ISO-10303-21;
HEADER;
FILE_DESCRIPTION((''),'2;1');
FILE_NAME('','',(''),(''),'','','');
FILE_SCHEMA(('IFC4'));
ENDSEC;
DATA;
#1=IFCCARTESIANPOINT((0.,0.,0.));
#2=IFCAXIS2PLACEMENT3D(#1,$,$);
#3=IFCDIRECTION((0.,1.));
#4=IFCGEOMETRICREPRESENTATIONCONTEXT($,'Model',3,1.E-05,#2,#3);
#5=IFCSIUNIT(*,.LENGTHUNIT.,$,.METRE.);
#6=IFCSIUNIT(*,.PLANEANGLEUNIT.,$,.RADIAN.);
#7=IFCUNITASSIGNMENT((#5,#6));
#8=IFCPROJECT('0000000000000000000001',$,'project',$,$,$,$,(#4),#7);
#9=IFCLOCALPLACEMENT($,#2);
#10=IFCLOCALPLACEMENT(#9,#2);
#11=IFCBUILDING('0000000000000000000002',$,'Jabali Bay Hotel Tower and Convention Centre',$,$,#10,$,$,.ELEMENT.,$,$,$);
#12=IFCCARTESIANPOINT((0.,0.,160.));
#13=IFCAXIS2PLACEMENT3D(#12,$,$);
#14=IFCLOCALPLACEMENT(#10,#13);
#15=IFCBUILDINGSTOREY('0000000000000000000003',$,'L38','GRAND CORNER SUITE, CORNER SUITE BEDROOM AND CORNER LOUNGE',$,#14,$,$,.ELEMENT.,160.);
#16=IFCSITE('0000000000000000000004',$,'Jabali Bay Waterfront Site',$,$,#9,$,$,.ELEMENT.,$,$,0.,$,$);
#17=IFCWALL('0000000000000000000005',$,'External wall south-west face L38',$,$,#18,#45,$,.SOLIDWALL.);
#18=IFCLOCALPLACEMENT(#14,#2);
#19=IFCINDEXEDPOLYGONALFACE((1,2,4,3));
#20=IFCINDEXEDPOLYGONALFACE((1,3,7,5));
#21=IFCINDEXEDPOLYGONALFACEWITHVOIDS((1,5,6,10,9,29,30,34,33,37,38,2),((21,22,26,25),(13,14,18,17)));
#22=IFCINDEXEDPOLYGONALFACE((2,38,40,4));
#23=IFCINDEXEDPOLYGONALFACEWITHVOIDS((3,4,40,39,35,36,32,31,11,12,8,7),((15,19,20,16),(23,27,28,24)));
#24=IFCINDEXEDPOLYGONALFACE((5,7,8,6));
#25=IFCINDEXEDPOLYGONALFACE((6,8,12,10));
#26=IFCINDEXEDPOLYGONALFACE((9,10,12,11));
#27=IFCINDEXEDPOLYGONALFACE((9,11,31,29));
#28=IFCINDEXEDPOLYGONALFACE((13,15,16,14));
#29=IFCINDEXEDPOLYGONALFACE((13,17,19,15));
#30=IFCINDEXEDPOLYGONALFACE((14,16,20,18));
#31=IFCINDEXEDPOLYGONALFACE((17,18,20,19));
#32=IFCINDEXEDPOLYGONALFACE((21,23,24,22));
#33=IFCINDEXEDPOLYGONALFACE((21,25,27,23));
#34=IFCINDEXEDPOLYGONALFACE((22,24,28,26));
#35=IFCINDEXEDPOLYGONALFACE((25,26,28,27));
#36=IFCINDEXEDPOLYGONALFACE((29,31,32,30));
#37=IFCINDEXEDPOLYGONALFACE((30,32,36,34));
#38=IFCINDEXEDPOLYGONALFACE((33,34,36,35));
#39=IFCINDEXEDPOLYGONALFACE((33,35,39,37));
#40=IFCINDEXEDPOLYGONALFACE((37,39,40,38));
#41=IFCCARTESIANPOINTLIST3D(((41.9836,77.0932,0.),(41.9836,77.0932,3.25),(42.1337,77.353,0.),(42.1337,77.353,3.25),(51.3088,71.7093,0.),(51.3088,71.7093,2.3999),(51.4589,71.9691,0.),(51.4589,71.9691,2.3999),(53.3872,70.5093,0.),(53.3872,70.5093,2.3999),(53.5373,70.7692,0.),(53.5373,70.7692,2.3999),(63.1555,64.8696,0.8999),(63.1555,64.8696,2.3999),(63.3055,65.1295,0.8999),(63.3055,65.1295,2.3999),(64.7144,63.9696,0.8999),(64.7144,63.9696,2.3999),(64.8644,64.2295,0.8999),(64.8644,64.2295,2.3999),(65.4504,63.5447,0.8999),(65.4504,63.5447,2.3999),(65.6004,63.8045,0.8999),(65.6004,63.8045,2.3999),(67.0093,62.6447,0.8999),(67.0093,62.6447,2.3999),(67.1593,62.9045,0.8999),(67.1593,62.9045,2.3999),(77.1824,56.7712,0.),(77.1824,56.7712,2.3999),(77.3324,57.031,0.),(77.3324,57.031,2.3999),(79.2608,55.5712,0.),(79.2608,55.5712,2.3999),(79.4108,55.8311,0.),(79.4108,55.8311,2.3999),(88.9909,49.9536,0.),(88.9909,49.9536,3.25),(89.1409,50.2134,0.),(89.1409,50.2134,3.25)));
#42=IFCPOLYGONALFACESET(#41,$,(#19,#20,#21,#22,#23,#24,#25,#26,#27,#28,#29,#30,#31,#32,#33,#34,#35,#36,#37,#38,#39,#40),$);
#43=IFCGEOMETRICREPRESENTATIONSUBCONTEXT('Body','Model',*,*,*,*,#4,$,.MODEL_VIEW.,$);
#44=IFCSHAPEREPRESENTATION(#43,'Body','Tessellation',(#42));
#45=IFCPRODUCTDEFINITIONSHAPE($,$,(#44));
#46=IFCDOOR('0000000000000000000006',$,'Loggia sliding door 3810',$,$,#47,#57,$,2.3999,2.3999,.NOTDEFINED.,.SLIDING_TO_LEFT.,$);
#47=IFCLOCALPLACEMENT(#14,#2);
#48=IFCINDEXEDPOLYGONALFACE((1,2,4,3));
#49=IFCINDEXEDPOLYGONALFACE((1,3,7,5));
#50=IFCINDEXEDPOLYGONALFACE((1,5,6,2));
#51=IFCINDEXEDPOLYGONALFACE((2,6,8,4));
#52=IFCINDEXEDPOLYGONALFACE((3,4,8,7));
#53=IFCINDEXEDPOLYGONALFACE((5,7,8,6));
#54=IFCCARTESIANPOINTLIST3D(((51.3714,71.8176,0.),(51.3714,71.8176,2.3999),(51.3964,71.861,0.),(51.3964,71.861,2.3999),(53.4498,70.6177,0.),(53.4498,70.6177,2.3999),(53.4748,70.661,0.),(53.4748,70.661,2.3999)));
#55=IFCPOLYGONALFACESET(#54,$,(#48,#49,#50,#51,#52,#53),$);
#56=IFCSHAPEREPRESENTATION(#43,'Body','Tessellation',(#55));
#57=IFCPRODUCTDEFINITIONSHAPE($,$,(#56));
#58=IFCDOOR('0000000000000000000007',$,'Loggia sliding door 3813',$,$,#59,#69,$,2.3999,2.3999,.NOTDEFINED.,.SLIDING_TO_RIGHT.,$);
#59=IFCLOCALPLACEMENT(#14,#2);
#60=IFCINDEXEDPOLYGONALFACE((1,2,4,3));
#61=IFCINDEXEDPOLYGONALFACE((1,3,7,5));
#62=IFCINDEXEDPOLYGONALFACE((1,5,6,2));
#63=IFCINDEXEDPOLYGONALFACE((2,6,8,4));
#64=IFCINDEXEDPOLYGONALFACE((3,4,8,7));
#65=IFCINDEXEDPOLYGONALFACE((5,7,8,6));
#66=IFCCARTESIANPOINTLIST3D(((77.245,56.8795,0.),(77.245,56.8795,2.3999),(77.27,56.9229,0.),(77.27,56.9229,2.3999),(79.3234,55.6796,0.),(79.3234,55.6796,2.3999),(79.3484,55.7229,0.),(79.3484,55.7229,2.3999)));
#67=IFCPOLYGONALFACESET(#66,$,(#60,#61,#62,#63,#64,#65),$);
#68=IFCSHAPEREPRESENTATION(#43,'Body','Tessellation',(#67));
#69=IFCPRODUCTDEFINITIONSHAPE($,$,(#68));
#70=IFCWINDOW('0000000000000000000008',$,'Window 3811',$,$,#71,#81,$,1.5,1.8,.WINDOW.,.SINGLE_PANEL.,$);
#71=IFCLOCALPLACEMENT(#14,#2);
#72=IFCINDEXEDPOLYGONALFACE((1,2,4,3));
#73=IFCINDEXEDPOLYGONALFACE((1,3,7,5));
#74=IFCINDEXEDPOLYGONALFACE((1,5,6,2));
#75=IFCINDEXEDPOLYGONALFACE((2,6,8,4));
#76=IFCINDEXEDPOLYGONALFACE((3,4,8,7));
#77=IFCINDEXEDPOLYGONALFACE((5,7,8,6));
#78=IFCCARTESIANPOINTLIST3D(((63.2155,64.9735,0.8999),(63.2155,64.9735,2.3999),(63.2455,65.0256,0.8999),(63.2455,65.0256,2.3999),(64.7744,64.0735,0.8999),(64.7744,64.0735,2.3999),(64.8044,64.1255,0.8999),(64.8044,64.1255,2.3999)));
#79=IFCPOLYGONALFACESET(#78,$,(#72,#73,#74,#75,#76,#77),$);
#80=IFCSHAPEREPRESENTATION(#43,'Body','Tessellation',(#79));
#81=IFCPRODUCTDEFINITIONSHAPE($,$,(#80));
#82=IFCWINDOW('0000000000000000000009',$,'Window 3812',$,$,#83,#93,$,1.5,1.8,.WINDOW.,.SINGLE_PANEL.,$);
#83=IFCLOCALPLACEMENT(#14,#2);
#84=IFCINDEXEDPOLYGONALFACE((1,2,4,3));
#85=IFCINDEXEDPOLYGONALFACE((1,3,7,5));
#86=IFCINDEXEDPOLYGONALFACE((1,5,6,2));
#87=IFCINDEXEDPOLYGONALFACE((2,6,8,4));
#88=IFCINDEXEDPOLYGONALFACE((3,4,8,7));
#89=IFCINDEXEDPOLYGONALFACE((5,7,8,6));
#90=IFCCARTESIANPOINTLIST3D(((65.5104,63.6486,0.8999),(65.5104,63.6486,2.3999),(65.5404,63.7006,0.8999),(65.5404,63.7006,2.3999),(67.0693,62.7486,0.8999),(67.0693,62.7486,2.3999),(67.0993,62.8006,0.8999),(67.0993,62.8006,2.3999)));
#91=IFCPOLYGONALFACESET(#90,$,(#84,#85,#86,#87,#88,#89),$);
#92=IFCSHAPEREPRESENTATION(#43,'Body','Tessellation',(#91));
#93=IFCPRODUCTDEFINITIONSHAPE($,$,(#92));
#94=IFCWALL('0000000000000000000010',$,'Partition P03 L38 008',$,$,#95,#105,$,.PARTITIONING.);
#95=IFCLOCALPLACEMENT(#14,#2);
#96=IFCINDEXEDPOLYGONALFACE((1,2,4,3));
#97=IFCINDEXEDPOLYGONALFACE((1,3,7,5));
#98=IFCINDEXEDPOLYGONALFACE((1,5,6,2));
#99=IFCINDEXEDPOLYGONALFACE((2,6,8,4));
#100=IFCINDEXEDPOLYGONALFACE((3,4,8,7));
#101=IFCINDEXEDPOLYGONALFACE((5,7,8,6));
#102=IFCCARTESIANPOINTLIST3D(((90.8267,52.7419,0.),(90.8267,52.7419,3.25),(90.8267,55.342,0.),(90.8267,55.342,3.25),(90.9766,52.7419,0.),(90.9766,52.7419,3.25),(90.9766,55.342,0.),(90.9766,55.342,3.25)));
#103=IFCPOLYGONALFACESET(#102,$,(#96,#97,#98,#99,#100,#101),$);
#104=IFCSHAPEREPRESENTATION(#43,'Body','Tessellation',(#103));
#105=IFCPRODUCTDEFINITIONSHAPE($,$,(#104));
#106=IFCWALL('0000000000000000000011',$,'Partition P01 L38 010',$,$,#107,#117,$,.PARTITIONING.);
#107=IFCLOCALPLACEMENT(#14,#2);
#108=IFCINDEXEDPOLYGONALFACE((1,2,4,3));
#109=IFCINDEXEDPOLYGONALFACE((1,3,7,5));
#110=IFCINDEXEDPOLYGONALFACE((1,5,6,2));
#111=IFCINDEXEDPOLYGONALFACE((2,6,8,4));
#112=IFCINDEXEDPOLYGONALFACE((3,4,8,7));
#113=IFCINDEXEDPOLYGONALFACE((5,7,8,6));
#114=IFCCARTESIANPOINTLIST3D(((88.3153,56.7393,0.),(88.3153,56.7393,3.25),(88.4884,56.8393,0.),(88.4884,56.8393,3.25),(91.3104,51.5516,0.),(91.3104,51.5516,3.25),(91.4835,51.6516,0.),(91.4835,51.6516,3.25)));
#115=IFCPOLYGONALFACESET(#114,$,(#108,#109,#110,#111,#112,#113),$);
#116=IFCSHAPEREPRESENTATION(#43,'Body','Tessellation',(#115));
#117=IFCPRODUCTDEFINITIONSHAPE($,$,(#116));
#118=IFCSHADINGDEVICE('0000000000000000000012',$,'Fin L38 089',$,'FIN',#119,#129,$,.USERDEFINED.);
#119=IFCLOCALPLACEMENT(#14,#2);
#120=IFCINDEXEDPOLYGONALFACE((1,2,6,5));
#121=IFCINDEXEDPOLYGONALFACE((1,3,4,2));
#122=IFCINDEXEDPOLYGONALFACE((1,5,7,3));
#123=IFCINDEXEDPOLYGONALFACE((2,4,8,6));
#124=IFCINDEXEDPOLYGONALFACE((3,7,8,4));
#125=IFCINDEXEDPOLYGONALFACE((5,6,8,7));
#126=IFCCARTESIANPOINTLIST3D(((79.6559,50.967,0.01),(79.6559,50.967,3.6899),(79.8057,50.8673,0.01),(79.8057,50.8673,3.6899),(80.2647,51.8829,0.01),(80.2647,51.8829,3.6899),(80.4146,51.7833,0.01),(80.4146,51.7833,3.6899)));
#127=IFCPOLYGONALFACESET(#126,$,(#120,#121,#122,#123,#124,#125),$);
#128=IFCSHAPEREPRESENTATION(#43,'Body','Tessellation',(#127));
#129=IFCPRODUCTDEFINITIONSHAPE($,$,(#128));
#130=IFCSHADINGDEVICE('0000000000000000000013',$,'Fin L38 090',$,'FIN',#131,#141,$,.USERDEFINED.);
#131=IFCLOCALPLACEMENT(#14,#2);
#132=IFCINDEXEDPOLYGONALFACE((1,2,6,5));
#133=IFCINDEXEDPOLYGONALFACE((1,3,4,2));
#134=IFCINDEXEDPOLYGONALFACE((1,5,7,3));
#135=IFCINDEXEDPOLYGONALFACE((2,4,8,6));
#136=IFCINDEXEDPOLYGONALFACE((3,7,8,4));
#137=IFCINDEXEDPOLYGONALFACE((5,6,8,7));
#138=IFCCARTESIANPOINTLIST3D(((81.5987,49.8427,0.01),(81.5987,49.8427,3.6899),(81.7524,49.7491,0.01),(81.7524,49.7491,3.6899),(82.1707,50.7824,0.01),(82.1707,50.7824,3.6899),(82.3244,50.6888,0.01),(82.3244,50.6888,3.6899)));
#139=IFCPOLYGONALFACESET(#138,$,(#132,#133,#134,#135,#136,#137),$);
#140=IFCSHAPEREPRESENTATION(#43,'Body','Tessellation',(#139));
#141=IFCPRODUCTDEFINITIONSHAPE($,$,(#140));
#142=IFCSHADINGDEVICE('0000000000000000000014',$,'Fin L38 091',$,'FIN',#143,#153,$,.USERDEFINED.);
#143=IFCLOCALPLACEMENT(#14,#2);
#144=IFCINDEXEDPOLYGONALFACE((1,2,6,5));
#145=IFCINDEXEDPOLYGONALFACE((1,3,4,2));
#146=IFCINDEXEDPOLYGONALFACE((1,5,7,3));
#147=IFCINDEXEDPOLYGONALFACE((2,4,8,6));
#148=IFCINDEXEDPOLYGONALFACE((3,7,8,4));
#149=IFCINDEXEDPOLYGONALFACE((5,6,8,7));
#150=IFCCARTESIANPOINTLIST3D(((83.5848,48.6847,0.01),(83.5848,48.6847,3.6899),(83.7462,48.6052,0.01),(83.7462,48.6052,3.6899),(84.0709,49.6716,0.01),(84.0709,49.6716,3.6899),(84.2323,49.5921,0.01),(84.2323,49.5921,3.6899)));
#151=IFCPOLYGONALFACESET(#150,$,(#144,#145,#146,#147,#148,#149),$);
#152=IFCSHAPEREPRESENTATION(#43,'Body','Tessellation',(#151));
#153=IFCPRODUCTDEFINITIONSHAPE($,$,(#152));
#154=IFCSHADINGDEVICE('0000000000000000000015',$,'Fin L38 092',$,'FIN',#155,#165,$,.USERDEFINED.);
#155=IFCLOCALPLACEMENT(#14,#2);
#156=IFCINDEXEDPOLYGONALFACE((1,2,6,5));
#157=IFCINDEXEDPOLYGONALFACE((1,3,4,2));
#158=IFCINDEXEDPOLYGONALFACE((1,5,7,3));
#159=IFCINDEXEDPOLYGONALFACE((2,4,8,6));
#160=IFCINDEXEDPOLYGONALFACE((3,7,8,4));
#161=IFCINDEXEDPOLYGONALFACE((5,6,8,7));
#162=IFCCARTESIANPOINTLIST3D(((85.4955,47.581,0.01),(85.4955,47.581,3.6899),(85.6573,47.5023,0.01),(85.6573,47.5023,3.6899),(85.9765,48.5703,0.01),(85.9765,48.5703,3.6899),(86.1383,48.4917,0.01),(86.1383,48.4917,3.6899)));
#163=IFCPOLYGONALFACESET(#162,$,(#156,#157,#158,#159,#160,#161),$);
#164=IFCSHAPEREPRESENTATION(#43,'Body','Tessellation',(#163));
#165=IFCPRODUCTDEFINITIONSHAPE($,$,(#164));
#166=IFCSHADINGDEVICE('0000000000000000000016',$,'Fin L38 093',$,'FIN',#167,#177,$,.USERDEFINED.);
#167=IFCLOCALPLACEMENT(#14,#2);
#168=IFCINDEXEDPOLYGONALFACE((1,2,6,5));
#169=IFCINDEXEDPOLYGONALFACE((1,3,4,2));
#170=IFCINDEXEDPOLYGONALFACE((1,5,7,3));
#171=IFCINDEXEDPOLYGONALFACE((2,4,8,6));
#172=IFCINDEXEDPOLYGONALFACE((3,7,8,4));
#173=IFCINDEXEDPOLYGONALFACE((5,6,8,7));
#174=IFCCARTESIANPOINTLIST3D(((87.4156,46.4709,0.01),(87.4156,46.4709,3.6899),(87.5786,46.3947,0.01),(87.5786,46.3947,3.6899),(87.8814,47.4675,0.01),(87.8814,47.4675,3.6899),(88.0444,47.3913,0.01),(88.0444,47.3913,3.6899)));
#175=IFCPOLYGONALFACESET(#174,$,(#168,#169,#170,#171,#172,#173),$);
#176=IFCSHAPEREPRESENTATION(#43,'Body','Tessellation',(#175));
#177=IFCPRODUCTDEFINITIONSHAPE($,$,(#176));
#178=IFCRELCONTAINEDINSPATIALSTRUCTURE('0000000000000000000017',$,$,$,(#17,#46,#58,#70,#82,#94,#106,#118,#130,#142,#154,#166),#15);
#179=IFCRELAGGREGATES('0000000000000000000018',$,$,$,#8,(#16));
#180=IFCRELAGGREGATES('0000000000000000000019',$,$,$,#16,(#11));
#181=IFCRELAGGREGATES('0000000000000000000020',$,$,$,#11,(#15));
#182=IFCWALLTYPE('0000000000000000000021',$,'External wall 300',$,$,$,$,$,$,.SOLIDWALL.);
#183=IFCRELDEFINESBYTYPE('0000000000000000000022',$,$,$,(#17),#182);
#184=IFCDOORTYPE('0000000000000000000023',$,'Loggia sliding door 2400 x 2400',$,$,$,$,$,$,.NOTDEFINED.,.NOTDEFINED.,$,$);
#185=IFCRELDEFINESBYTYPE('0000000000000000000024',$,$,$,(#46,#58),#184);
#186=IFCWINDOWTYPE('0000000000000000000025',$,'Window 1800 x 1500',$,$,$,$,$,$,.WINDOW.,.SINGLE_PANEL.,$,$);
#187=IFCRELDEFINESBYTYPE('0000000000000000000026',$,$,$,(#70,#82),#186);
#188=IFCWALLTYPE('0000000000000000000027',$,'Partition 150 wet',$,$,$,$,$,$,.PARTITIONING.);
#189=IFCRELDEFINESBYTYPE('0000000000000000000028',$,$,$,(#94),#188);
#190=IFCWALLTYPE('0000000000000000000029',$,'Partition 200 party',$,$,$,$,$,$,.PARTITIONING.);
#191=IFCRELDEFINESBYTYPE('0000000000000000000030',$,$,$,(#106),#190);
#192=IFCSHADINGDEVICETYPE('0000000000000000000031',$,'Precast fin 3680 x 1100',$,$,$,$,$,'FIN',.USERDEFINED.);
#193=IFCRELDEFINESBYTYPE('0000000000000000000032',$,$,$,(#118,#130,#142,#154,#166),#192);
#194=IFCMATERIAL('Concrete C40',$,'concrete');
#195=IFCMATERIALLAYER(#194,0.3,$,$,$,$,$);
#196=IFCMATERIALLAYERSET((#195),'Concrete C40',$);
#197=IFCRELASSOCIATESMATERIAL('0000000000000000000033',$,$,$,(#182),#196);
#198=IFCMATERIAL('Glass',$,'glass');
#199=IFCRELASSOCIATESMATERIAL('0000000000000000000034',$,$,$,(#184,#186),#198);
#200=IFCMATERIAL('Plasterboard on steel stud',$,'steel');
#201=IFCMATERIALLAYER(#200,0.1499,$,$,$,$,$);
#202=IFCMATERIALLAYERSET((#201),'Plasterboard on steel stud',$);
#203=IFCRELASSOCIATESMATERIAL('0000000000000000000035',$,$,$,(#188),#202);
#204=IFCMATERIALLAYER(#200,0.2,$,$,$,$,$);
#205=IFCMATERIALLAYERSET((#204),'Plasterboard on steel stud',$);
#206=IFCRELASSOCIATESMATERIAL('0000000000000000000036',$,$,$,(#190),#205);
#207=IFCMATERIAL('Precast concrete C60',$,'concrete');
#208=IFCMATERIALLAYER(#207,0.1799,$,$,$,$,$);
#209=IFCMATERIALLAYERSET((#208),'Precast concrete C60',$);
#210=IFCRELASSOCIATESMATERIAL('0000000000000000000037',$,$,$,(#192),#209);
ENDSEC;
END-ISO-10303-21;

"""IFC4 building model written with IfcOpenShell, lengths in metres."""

from ifc_helpers import new_model, si_unit, direction, frame, frame_2d, origin, place, context, subcontext, project, spatial, rectangle, extrude, material, layer, layer_set, type_object, element, fill, save


model = new_model("IFC4")

# Units and contexts
model_context = context("Model", 3, precision=1e-05, world=origin(), true_north=direction((0.0, 1.0)))
body_context = subcontext(model_context, "Body", "Model", "MODEL_VIEW")
ifc_project = project(units=[si_unit("LENGTHUNIT", "METRE"), si_unit("PLANEANGLEUNIT", "RADIAN")], contexts=[model_context])

# Site, building, storey
site_placement = place(None, origin())
site = spatial("IfcSite", under=ifc_project, at=site_placement, Name="Jabali Bay Waterfront Site", CompositionType="ELEMENT", RefElevation=0.0)
building_placement = place(site_placement, origin())
building = spatial("IfcBuilding", under=site, at=building_placement, Name="Jabali Bay Hotel Tower and Convention Centre", CompositionType="ELEMENT")
storey_placement = place(building_placement, frame((0.0, 0.0, 160.0)))
storey = spatial("IfcBuildingStorey", under=building, at=storey_placement, Name="L38", Description="GRAND CORNER SUITE, CORNER SUITE BEDROOM AND CORNER LOUNGE", CompositionType="ELEMENT", Elevation=160.0)

# Shared definitions
ifc_material_1 = material(Name="Concrete C40", Category="concrete")

# Wall, openings, doors, windows
ifc_layer_1 = layer(ifc_material_1, 0.3)
ifc_layer_set_1 = layer_set([ifc_layer_1], Name="Concrete C40")
wall_type_1 = type_object("IfcWallType", Name="External wall 300", PredefinedType="SOLIDWALL", material=ifc_layer_set_1)
wall_1_placement = place(storey_placement, frame((89.0659, 50.0835, 0.0), z_axis=(0.0, 0.0, 1.0), x_axis=(-0.866026, 0.499999, 0.0)))
wall_1 = element("IfcWall", 1, at=wall_1_placement, inside=storey, type_object=wall_type_1, Name="External wall south-west face L38", PredefinedType="SOLIDWALL", context=body_context, shape_type="SweptSolid", body=[
    extrude(rectangle(XDim=54.2793, YDim=0.3, at=frame_2d((27.1396, 0.0))), origin(), (0.0, 0.0, 1.0), 3.25),
])
opening_1_placement = place(wall_1_placement, frame((41.1116, 0.0, 0.0)))
opening_1 = element("IfcOpeningElement", 2, at=opening_1_placement, cuts=wall_1, PredefinedType="OPENING", context=body_context, shape_type="SweptSolid", body=[
    extrude(rectangle(XDim=2.3999, YDim=2.3999, at=frame_2d((1.2, 1.2))), frame((0.0, 0.1606, 0.0), z_axis=(0.0, -1.0, 0.0), x_axis=(1.0, 0.0, 0.0)), (0.0, 0.0, 1.0), 0.321),
])
opening_2_placement = place(wall_1_placement, frame((11.2354, 0.0, 0.0)))
opening_2 = element("IfcOpeningElement", 3, at=opening_2_placement, cuts=wall_1, PredefinedType="OPENING", context=body_context, shape_type="SweptSolid", body=[
    extrude(rectangle(XDim=2.3999, YDim=2.3999, at=frame_2d((1.2, 1.2))), frame((0.0, 0.1606, 0.0), z_axis=(0.0, -1.0, 0.0), x_axis=(1.0, 0.0, 0.0)), (0.0, 0.0, 1.0), 0.321),
])
opening_3_placement = place(wall_1_placement, frame((28.0322, 0.0, 0.8999)))
opening_3 = element("IfcOpeningElement", 4, at=opening_3_placement, cuts=wall_1, PredefinedType="OPENING", context=body_context, shape_type="SweptSolid", body=[
    extrude(rectangle(XDim=1.8, YDim=1.5, at=frame_2d((0.8999, 0.75))), frame((0.0, 0.1606, 0.0), z_axis=(0.0, -1.0, 0.0), x_axis=(1.0, 0.0, 0.0)), (0.0, 0.0, 1.0), 0.321),
])
opening_4_placement = place(wall_1_placement, frame((25.3823, 0.0, 0.8999)))
opening_4 = element("IfcOpeningElement", 5, at=opening_4_placement, cuts=wall_1, PredefinedType="OPENING", context=body_context, shape_type="SweptSolid", body=[
    extrude(rectangle(XDim=1.8, YDim=1.5, at=frame_2d((0.8999, 0.75))), frame((0.0, 0.1606, 0.0), z_axis=(0.0, -1.0, 0.0), x_axis=(1.0, 0.0, 0.0)), (0.0, 0.0, 1.0), 0.321),
])
ifc_material_2 = material(Name="Glass", Category="glass")
door_type = type_object("IfcDoorType", Name="Loggia sliding door 2400 x 2400", OperationType="NOTDEFINED", PredefinedType="NOTDEFINED", material=ifc_material_2)
door_1_placement = place(opening_1_placement, origin())
door_1 = element("IfcDoor", 6, at=door_1_placement, inside=storey, type_object=door_type, Name="Loggia sliding door 3810", OperationType="SLIDING_TO_LEFT", OverallHeight=2.3999, OverallWidth=2.3999, PredefinedType="NOTDEFINED", context=body_context, shape_type="SweptSolid", body=[
    extrude(rectangle(XDim=2.3999, YDim=2.3999, at=frame_2d((1.2, 1.2))), frame((0.0, 0.0249, 0.0), z_axis=(0.0, -1.0, 0.0), x_axis=(1.0, 0.0, 0.0)), (0.0, 0.0, 1.0), 0.05),
])
fill(opening_1, door_1)
door_2_placement = place(opening_2_placement, origin())
door_2 = element("IfcDoor", 7, at=door_2_placement, inside=storey, type_object=door_type, Name="Loggia sliding door 3813", OperationType="SLIDING_TO_RIGHT", OverallHeight=2.3999, OverallWidth=2.3999, PredefinedType="NOTDEFINED", context=body_context, shape_type="SweptSolid", body=[
    extrude(rectangle(XDim=2.3999, YDim=2.3999, at=frame_2d((1.2, 1.2))), frame((0.0, 0.0249, 0.0), z_axis=(0.0, -1.0, 0.0), x_axis=(1.0, 0.0, 0.0)), (0.0, 0.0, 1.0), 0.05),
])
fill(opening_2, door_2)
window_type = type_object("IfcWindowType", Name="Window 1800 x 1500", PartitioningType="SINGLE_PANEL", PredefinedType="WINDOW", material=ifc_material_2)
window_1_placement = place(opening_3_placement, origin())
window_1 = element("IfcWindow", 8, at=window_1_placement, inside=storey, type_object=window_type, Name="Window 3811", OverallHeight=1.5, OverallWidth=1.8, PartitioningType="SINGLE_PANEL", PredefinedType="WINDOW", context=body_context, shape_type="SweptSolid", body=[
    extrude(rectangle(XDim=1.8, YDim=1.5, at=frame_2d((0.8999, 0.75))), frame((0.0, 0.03, 0.0), z_axis=(0.0, -1.0, 0.0), x_axis=(1.0, 0.0, 0.0)), (0.0, 0.0, 1.0), 0.0601),
])
fill(opening_3, window_1)
window_2_placement = place(opening_4_placement, origin())
window_2 = element("IfcWindow", 9, at=window_2_placement, inside=storey, type_object=window_type, Name="Window 3812", OverallHeight=1.5, OverallWidth=1.8, PartitioningType="SINGLE_PANEL", PredefinedType="WINDOW", context=body_context, shape_type="SweptSolid", body=[
    extrude(rectangle(XDim=1.8, YDim=1.5, at=frame_2d((0.8999, 0.75))), frame((0.0, 0.03, 0.0), z_axis=(0.0, -1.0, 0.0), x_axis=(1.0, 0.0, 0.0)), (0.0, 0.0, 1.0), 0.0601),
])
fill(opening_4, window_2)

# Walls
ifc_material_3 = material(Name="Plasterboard on steel stud", Category="steel")
ifc_layer_2 = layer(ifc_material_3, 0.1499)
ifc_layer_set_2 = layer_set([ifc_layer_2], Name="Plasterboard on steel stud")
wall_type_2 = type_object("IfcWallType", Name="Partition 150 wet", PredefinedType="PARTITIONING", material=ifc_layer_set_2)
wall_2_placement = place(storey_placement, frame((90.9016, 52.7419, 0.0), z_axis=(0.0, 0.0, 1.0), x_axis=(0.0, 1.0, 0.0)))
element("IfcWall", 10, at=wall_2_placement, inside=storey, type_object=wall_type_2, Name="Partition P03 L38 008", PredefinedType="PARTITIONING", context=body_context, shape_type="SweptSolid", body=[
    extrude(rectangle(XDim=2.6001, YDim=0.1499, at=frame_2d((1.3, 0.0))), origin(), (0.0, 0.0, 1.0), 3.25),
])
ifc_layer_3 = layer(ifc_material_3, 0.2)
ifc_layer_set_3 = layer_set([ifc_layer_3], Name="Plasterboard on steel stud")
wall_type_3 = type_object("IfcWallType", Name="Partition 200 party", PredefinedType="PARTITIONING", material=ifc_layer_set_3)
wall_3_placement = place(storey_placement, frame((88.4019, 56.7893, 0.0), z_axis=(0.0, 0.0, 1.0), x_axis=(0.499996, -0.866027, 0.0)))
element("IfcWall", 11, at=wall_3_placement, inside=storey, type_object=wall_type_3, Name="Partition P01 L38 010", PredefinedType="PARTITIONING", context=body_context, shape_type="SweptSolid", body=[
    extrude(rectangle(XDim=5.9902, YDim=0.2, at=frame_2d((2.9951, 0.0))), origin(), (0.0, 0.0, 1.0), 3.25),
])

# Shading devices
ifc_material_4 = material(Name="Precast concrete C60", Category="concrete")
ifc_layer_4 = layer(ifc_material_4, 0.1799)
ifc_layer_set_4 = layer_set([ifc_layer_4], Name="Precast concrete C60")
shading_device_type_1 = type_object("IfcShadingDeviceType", Name="Precast fin 3680 x 1100", ElementType="FIN", PredefinedType="USERDEFINED", material=ifc_layer_set_4)
shading_device_1_placement = place(storey_placement, frame((80.3396, 51.833, 0.01), z_axis=(0.0, 0.0, 1.0), x_axis=(-0.553573, -0.832801, 0.0)))
element("IfcShadingDevice", 12, at=shading_device_1_placement, inside=storey, type_object=shading_device_type_1, Name="Fin L38 089", ObjectType="FIN", PredefinedType="USERDEFINED", context=body_context, shape_type="SweptSolid", body=[
    extrude(rectangle(XDim=1.0999, YDim=0.1799, at=frame_2d((0.5498, 0.0))), origin(), (0.0, 0.0, 1.0), 3.6799),
])
for number, where, z_axis, x_axis, name in (
    (13, (82.2476, 50.7356, 0.01), (0.0, 0.0, 1.0), (-0.519968, -0.854186, 0.0), "Fin L38 090"),
    (14, (84.1516, 49.6318, 0.01), (0.0, 0.0, 1.0), (-0.441879, -0.897075, 0.0), "Fin L38 091"),
    (15, (86.0574, 48.531, 0.01), (0.0, 0.0, 1.0), (-0.437243, -0.899344, 0.0), "Fin L38 092"),
    (16, (87.9629, 47.4294, 0.01), (0.0, 0.0, 1.0), (-0.423444, -0.905922, 0.0), "Fin L38 093"),
):
    element("IfcShadingDevice", number, at=place(storey_placement, frame(where, z_axis=z_axis, x_axis=x_axis)), inside=storey, type_object=shading_device_type_1, Name=name, ObjectType="FIN", PredefinedType="USERDEFINED", context=body_context, shape_type="SweptSolid", body=[
        extrude(rectangle(XDim=1.1001, YDim=0.1799, at=frame_2d((0.55, 0.0))), origin(), (0.0, 0.0, 1.0), 3.6799),
    ])

save(model, "model.ifc")
